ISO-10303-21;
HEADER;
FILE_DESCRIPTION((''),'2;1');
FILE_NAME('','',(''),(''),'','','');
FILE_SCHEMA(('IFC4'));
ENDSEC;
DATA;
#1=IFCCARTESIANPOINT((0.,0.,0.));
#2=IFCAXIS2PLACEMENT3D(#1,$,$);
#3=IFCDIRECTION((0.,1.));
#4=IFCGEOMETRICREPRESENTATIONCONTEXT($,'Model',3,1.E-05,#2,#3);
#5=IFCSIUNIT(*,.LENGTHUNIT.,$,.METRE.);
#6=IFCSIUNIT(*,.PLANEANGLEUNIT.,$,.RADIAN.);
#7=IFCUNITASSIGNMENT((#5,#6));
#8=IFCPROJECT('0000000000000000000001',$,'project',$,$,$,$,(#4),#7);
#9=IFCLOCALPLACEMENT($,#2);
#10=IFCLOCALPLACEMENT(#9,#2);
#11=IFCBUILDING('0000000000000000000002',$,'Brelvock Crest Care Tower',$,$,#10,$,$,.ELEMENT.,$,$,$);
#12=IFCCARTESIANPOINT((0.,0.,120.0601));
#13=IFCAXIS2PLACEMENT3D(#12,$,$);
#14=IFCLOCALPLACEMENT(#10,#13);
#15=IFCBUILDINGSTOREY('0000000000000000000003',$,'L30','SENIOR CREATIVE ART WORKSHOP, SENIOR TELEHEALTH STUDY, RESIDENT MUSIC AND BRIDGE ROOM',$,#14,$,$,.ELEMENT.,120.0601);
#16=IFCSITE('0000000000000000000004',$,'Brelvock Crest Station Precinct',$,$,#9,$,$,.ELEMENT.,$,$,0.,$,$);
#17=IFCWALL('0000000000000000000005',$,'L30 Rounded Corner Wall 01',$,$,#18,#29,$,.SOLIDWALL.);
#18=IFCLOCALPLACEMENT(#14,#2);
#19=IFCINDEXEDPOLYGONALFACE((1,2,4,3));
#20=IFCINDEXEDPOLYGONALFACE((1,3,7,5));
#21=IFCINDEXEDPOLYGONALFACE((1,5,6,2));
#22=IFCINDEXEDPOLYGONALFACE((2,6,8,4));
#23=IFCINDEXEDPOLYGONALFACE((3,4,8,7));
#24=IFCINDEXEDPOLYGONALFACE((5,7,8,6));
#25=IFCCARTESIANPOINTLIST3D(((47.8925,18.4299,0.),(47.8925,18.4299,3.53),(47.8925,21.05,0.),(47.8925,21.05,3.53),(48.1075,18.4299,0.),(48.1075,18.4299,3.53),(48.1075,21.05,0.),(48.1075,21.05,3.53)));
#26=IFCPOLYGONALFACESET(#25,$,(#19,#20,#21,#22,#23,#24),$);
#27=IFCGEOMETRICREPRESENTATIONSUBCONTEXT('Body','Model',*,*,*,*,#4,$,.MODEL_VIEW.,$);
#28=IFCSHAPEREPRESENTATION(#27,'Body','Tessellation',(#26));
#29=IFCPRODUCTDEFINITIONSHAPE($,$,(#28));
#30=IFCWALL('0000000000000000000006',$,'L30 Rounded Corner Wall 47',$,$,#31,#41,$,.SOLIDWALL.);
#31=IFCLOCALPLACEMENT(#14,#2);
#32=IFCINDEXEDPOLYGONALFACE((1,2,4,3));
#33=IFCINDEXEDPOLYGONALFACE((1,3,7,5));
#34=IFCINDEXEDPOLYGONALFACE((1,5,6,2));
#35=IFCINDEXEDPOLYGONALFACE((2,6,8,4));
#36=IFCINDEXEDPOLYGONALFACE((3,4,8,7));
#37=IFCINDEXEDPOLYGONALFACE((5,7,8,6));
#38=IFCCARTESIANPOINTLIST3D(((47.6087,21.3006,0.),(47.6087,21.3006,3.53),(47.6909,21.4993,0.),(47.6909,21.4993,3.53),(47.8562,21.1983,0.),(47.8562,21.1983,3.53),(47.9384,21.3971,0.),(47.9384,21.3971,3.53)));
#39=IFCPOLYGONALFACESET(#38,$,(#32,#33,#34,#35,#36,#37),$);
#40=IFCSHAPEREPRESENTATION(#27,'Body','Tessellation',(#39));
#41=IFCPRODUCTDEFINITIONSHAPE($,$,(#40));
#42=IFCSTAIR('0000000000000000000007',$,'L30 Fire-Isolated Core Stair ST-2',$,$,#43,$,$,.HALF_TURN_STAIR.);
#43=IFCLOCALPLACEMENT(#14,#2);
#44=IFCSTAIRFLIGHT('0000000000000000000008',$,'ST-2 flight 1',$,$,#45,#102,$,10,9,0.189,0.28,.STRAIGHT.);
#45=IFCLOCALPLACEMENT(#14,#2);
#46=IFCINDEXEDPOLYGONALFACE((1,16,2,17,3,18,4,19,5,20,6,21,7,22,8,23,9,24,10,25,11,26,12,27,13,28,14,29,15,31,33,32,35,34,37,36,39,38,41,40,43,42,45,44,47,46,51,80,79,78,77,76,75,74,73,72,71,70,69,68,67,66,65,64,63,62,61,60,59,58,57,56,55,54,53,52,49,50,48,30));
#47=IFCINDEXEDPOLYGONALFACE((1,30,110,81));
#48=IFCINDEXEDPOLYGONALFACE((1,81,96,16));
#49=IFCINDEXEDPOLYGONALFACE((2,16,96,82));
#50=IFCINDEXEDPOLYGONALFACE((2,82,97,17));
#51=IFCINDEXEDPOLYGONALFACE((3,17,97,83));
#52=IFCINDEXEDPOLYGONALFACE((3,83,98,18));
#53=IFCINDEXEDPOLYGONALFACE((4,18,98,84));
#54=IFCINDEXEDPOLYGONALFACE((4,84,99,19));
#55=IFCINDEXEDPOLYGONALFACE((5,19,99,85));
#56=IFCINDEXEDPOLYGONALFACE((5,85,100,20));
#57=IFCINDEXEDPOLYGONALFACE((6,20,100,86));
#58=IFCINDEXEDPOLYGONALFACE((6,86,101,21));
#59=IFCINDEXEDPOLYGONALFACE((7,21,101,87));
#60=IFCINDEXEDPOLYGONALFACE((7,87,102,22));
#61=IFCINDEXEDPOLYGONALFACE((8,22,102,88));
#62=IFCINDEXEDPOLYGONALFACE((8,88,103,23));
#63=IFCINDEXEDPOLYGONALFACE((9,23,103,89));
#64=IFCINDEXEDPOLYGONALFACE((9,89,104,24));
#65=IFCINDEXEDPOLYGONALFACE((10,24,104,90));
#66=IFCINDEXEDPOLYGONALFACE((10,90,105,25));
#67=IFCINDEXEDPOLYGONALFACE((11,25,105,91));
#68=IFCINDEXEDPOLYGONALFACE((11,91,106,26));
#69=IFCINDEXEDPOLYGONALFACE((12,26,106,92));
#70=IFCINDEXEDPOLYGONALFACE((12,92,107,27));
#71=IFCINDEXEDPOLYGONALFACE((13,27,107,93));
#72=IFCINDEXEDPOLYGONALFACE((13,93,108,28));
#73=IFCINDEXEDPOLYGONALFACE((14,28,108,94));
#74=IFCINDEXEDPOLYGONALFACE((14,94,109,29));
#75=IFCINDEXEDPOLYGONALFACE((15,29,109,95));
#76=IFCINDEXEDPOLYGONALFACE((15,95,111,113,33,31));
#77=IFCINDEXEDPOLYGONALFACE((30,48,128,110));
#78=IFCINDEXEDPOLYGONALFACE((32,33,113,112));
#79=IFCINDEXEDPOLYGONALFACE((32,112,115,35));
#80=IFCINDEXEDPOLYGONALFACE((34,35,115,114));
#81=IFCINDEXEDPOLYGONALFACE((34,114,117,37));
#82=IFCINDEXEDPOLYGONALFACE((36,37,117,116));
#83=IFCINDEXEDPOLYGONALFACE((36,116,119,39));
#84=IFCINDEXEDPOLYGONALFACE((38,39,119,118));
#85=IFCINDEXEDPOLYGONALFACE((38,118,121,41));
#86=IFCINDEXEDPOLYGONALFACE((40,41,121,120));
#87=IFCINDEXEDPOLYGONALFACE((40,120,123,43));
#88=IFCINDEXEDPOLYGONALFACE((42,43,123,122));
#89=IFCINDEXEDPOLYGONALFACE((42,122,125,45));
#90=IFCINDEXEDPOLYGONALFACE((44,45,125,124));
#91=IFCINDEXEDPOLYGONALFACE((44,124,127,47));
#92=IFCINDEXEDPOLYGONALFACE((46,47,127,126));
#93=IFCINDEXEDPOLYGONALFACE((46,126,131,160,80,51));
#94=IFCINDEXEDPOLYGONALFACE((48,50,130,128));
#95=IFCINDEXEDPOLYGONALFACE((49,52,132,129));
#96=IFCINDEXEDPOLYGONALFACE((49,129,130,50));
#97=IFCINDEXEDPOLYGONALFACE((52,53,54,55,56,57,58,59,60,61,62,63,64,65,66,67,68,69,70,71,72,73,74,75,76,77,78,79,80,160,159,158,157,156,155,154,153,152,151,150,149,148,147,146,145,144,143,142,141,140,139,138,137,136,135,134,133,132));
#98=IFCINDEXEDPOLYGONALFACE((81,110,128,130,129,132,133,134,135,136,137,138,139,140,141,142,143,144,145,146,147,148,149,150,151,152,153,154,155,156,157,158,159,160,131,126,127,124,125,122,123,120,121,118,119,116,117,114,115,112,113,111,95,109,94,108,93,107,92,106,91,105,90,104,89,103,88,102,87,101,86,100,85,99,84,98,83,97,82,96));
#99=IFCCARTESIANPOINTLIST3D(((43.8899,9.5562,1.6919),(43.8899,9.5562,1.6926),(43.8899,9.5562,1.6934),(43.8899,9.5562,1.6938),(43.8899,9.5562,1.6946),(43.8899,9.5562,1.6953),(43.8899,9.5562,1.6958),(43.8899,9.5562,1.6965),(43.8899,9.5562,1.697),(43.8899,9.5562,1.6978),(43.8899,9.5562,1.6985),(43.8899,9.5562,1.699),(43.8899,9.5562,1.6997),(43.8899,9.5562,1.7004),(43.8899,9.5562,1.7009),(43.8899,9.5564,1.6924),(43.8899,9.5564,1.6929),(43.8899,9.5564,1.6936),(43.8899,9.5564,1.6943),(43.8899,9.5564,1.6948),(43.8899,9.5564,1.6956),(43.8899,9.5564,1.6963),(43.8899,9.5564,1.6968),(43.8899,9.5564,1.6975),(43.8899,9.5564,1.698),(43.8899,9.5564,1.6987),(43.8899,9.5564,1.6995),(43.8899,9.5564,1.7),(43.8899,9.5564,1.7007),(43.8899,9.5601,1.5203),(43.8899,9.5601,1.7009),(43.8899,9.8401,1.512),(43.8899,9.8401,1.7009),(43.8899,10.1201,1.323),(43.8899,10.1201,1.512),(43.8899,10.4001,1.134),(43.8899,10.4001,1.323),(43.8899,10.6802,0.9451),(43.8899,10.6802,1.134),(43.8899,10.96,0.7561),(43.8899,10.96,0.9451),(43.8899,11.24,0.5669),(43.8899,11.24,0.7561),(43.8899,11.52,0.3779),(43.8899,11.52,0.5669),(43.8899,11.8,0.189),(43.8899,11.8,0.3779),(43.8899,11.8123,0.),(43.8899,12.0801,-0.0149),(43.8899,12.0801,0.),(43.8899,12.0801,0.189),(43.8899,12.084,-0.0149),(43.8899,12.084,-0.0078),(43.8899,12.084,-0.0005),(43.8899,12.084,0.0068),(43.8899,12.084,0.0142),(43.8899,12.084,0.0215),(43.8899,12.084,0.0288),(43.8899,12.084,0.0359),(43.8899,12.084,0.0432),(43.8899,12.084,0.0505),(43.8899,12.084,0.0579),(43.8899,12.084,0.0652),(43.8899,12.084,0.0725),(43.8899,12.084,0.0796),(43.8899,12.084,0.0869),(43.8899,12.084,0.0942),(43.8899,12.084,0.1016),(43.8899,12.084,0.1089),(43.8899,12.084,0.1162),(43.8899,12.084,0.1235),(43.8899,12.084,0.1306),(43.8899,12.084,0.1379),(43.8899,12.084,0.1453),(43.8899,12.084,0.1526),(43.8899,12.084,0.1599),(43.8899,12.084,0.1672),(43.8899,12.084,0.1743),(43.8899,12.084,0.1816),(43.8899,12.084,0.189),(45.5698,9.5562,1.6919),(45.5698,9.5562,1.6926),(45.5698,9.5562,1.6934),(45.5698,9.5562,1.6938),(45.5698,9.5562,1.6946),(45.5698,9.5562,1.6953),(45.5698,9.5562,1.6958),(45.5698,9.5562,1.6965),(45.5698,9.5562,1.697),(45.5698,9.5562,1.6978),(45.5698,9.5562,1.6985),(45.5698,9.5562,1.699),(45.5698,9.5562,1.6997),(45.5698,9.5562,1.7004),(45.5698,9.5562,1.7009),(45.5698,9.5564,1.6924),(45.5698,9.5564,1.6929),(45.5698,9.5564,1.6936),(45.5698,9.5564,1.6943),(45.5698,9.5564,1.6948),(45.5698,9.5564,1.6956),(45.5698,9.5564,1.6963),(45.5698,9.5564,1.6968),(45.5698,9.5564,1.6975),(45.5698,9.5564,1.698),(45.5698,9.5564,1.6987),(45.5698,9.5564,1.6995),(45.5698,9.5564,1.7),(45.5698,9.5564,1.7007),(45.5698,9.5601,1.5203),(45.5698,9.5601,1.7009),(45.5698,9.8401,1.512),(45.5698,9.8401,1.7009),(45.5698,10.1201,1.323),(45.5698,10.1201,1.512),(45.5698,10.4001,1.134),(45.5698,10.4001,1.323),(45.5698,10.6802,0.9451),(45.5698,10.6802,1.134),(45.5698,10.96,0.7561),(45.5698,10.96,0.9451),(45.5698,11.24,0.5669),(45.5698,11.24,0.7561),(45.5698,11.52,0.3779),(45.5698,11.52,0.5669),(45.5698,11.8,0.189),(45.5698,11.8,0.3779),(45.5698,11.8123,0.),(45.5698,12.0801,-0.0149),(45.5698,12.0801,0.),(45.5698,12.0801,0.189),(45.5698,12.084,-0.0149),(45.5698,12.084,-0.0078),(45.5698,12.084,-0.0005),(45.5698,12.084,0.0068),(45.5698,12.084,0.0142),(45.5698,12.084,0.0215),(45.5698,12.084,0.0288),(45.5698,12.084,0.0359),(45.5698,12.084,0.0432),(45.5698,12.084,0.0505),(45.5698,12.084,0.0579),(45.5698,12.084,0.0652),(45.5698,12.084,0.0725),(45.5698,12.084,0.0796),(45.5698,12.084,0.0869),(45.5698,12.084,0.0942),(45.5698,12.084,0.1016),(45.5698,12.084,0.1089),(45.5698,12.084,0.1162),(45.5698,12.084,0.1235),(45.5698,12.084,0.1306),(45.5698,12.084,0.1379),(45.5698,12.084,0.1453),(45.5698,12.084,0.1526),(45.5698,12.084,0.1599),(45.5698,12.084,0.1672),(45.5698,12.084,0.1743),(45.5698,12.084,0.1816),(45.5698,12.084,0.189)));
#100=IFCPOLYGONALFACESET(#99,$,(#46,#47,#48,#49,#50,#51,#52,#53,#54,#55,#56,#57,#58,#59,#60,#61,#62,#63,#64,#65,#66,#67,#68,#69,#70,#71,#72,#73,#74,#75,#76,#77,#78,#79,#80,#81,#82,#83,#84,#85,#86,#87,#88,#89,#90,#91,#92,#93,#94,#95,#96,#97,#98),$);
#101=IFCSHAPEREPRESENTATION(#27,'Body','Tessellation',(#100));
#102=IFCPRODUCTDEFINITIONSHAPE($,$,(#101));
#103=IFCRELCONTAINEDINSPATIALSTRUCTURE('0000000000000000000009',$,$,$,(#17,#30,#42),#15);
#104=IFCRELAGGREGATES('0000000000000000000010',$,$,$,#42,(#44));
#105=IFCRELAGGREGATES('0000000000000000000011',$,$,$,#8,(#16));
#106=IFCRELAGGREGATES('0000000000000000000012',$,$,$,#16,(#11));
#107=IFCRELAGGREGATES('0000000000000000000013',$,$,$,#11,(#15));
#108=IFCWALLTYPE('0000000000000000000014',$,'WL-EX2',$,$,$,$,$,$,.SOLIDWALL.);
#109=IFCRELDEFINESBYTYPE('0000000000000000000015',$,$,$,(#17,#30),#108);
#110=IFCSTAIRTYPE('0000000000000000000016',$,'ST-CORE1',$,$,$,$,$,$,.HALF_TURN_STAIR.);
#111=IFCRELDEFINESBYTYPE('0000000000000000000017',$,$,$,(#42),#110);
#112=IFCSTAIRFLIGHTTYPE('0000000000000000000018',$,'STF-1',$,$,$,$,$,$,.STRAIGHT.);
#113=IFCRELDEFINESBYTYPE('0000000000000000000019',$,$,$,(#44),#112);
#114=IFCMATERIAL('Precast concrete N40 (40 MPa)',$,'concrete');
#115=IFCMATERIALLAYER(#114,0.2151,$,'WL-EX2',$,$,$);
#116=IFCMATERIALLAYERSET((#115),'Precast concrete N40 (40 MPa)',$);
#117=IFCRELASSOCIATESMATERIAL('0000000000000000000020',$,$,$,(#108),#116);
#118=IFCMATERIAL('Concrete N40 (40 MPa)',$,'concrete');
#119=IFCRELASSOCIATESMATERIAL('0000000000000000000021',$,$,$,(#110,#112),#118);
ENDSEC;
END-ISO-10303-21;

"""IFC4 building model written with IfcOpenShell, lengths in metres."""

from ifc_helpers import new_model, si_unit, direction, frame, frame_2d, origin, place, context, subcontext, project, spatial, polyline, rectangle, outline, extrude, material, layer, layer_set, type_object, element, aggregate, save


model = new_model("IFC4")

# Units and contexts
model_context = context("Model", 3, precision=1e-05, world=origin(), true_north=direction((0.0, 1.0)))
body_context = subcontext(model_context, "Body", "Model", "MODEL_VIEW")
ifc_project = project(units=[si_unit("LENGTHUNIT", "METRE"), si_unit("PLANEANGLEUNIT", "RADIAN")], contexts=[model_context])

# Site, building, storey
site_placement = place(None, origin())
site = spatial("IfcSite", under=ifc_project, at=site_placement, Name="Brelvock Crest Station Precinct", CompositionType="ELEMENT", RefElevation=0.0)
building_placement = place(site_placement, origin())
building = spatial("IfcBuilding", under=site, at=building_placement, Name="Brelvock Crest Care Tower", CompositionType="ELEMENT")
storey_placement = place(building_placement, frame((0.0, 0.0, 120.0601)))
storey = spatial("IfcBuildingStorey", under=building, at=storey_placement, Name="L30", Description="SENIOR CREATIVE ART WORKSHOP, SENIOR TELEHEALTH STUDY, RESIDENT MUSIC AND BRIDGE ROOM", CompositionType="ELEMENT", Elevation=120.0601)

# Walls
ifc_material_1 = material(Name="Precast concrete N40 (40 MPa)", Category="concrete")
ifc_layer_1 = layer(ifc_material_1, 0.2151, Name="WL-EX2")
ifc_layer_set_1 = layer_set([ifc_layer_1], Name="Precast concrete N40 (40 MPa)")
wall_type_1 = type_object("IfcWallType", Name="WL-EX2", PredefinedType="SOLIDWALL", material=ifc_layer_set_1)
wall_1_placement = place(storey_placement, frame((48.0, 21.05, 0.0), z_axis=(0.0, 0.0, 1.0), x_axis=(0.0, -1.0, 0.0)))
element("IfcWall", 1, at=wall_1_placement, inside=storey, type_object=wall_type_1, Name="L30 Rounded Corner Wall 01", PredefinedType="SOLIDWALL", context=body_context, shape_type="SweptSolid", body=[
    extrude(rectangle(XDim=2.6201, YDim=0.2151, at=frame_2d((1.3101, 0.0))), origin(), (0.0, 0.0, 1.0), 3.53),
])
wall_2_placement = place(storey_placement, frame((47.6499, 21.3999, 0.0), z_axis=(0.0, 0.0, 1.0), x_axis=(0.924205, -0.381896, 0.0)))
element("IfcWall", 2, at=wall_2_placement, inside=storey, type_object=wall_type_1, Name="L30 Rounded Corner Wall 47", PredefinedType="SOLIDWALL", context=body_context, shape_type="SweptSolid", body=[
    extrude(rectangle(XDim=0.2678, YDim=0.2151, at=frame_2d((0.1338, 0.0))), origin(), (0.0, 0.0, 1.0), 3.53),
])

# Stair, stair flight
ifc_material_2 = material(Name="Concrete N40 (40 MPa)", Category="concrete")
stair_type = type_object("IfcStairType", Name="ST-CORE1", PredefinedType="HALF_TURN_STAIR", material=ifc_material_2)
stair_placement = place(storey_placement, origin())
stair = element("IfcStair", 3, at=stair_placement, inside=storey, type_object=stair_type, Name="L30 Fire-Isolated Core Stair ST-2", PredefinedType="HALF_TURN_STAIR")
stair_flight_type = type_object("IfcStairFlightType", Name="STF-1", PredefinedType="STRAIGHT", material=ifc_material_2)
stair_flight_1_placement = place(storey_placement, frame((44.73, 12.0801, 0.0), z_axis=(0.0, 0.0, 1.0), x_axis=(0.0, -1.0, 0.0)))
stair_flight_1 = element("IfcStairFlight", 4, at=stair_flight_1_placement, type_object=stair_flight_type, Name="ST-2 flight 1", NumberOfRisers=10, NumberOfTreads=9, PredefinedType="STRAIGHT", RiserHeight=0.189, TreadLength=0.28, context=body_context, shape_type="SweptSolid", body=[
    extrude(outline(polyline([(-0.0039, -0.0149), (-0.0039, -0.0078), (-0.0039, -0.0005), (-0.0039, 0.0068), (-0.0039, 0.0142), (-0.0039, 0.0215), (-0.0039, 0.0288), (-0.0039, 0.0359), (-0.0039, 0.0432), (-0.0039, 0.0505), (-0.0039, 0.0579), (-0.0039, 0.0652), (-0.0039, 0.0725), (-0.0039, 0.0796), (-0.0039, 0.0869), (-0.0039, 0.0942), (-0.0039, 0.1016), (-0.0039, 0.1089), (-0.0039, 0.1162), (-0.0039, 0.1235), (-0.0039, 0.1306), (-0.0039, 0.1379), (-0.0039, 0.1453), (-0.0039, 0.1526), (-0.0039, 0.1599), (-0.0039, 0.1672), (-0.0039, 0.1743), (-0.0039, 0.1816), (-0.0039, 0.189), (0.0, 0.189), (0.28, 0.189), (0.28, 0.3779), (0.5601, 0.3779), (0.5601, 0.5669), (0.8401, 0.5669), (0.8401, 0.7561), (1.1201, 0.7561), (1.1201, 0.9451), (1.3999, 0.9451), (1.3999, 1.134), (1.6799, 1.134), (1.6799, 1.323), (1.96, 1.323), (1.96, 1.512), (2.24, 1.512), (2.24, 1.7009), (2.52, 1.7009), (2.5239, 1.7009), (2.5237, 1.7007), (2.5239, 1.7004), (2.5237, 1.7), (2.5239, 1.6997), (2.5237, 1.6995), (2.5239, 1.699), (2.5237, 1.6987), (2.5239, 1.6985), (2.5237, 1.698), (2.5239, 1.6978), (2.5237, 1.6975), (2.5239, 1.697), (2.5237, 1.6968), (2.5239, 1.6965), (2.5237, 1.6963), (2.5239, 1.6958), (2.5237, 1.6956), (2.5239, 1.6953), (2.5237, 1.6948), (2.5239, 1.6946), (2.5237, 1.6943), (2.5239, 1.6938), (2.5237, 1.6936), (2.5239, 1.6934), (2.5237, 1.6929), (2.5239, 1.6926), (2.5237, 1.6924), (2.5239, 1.6919), (2.52, 1.5203), (0.2678, 0.0), (0.0, 0.0), (0.0, -0.0149), (-0.0039, -0.0149)])), frame((0.0, 0.8398, 0.0), z_axis=(0.0, -1.0, 0.0), x_axis=(1.0, 0.0, 0.0)), (0.0, 0.0, 1.0), 1.6799),
])
aggregate(stair, [stair_flight_1])

save(model, "model.ifc")
